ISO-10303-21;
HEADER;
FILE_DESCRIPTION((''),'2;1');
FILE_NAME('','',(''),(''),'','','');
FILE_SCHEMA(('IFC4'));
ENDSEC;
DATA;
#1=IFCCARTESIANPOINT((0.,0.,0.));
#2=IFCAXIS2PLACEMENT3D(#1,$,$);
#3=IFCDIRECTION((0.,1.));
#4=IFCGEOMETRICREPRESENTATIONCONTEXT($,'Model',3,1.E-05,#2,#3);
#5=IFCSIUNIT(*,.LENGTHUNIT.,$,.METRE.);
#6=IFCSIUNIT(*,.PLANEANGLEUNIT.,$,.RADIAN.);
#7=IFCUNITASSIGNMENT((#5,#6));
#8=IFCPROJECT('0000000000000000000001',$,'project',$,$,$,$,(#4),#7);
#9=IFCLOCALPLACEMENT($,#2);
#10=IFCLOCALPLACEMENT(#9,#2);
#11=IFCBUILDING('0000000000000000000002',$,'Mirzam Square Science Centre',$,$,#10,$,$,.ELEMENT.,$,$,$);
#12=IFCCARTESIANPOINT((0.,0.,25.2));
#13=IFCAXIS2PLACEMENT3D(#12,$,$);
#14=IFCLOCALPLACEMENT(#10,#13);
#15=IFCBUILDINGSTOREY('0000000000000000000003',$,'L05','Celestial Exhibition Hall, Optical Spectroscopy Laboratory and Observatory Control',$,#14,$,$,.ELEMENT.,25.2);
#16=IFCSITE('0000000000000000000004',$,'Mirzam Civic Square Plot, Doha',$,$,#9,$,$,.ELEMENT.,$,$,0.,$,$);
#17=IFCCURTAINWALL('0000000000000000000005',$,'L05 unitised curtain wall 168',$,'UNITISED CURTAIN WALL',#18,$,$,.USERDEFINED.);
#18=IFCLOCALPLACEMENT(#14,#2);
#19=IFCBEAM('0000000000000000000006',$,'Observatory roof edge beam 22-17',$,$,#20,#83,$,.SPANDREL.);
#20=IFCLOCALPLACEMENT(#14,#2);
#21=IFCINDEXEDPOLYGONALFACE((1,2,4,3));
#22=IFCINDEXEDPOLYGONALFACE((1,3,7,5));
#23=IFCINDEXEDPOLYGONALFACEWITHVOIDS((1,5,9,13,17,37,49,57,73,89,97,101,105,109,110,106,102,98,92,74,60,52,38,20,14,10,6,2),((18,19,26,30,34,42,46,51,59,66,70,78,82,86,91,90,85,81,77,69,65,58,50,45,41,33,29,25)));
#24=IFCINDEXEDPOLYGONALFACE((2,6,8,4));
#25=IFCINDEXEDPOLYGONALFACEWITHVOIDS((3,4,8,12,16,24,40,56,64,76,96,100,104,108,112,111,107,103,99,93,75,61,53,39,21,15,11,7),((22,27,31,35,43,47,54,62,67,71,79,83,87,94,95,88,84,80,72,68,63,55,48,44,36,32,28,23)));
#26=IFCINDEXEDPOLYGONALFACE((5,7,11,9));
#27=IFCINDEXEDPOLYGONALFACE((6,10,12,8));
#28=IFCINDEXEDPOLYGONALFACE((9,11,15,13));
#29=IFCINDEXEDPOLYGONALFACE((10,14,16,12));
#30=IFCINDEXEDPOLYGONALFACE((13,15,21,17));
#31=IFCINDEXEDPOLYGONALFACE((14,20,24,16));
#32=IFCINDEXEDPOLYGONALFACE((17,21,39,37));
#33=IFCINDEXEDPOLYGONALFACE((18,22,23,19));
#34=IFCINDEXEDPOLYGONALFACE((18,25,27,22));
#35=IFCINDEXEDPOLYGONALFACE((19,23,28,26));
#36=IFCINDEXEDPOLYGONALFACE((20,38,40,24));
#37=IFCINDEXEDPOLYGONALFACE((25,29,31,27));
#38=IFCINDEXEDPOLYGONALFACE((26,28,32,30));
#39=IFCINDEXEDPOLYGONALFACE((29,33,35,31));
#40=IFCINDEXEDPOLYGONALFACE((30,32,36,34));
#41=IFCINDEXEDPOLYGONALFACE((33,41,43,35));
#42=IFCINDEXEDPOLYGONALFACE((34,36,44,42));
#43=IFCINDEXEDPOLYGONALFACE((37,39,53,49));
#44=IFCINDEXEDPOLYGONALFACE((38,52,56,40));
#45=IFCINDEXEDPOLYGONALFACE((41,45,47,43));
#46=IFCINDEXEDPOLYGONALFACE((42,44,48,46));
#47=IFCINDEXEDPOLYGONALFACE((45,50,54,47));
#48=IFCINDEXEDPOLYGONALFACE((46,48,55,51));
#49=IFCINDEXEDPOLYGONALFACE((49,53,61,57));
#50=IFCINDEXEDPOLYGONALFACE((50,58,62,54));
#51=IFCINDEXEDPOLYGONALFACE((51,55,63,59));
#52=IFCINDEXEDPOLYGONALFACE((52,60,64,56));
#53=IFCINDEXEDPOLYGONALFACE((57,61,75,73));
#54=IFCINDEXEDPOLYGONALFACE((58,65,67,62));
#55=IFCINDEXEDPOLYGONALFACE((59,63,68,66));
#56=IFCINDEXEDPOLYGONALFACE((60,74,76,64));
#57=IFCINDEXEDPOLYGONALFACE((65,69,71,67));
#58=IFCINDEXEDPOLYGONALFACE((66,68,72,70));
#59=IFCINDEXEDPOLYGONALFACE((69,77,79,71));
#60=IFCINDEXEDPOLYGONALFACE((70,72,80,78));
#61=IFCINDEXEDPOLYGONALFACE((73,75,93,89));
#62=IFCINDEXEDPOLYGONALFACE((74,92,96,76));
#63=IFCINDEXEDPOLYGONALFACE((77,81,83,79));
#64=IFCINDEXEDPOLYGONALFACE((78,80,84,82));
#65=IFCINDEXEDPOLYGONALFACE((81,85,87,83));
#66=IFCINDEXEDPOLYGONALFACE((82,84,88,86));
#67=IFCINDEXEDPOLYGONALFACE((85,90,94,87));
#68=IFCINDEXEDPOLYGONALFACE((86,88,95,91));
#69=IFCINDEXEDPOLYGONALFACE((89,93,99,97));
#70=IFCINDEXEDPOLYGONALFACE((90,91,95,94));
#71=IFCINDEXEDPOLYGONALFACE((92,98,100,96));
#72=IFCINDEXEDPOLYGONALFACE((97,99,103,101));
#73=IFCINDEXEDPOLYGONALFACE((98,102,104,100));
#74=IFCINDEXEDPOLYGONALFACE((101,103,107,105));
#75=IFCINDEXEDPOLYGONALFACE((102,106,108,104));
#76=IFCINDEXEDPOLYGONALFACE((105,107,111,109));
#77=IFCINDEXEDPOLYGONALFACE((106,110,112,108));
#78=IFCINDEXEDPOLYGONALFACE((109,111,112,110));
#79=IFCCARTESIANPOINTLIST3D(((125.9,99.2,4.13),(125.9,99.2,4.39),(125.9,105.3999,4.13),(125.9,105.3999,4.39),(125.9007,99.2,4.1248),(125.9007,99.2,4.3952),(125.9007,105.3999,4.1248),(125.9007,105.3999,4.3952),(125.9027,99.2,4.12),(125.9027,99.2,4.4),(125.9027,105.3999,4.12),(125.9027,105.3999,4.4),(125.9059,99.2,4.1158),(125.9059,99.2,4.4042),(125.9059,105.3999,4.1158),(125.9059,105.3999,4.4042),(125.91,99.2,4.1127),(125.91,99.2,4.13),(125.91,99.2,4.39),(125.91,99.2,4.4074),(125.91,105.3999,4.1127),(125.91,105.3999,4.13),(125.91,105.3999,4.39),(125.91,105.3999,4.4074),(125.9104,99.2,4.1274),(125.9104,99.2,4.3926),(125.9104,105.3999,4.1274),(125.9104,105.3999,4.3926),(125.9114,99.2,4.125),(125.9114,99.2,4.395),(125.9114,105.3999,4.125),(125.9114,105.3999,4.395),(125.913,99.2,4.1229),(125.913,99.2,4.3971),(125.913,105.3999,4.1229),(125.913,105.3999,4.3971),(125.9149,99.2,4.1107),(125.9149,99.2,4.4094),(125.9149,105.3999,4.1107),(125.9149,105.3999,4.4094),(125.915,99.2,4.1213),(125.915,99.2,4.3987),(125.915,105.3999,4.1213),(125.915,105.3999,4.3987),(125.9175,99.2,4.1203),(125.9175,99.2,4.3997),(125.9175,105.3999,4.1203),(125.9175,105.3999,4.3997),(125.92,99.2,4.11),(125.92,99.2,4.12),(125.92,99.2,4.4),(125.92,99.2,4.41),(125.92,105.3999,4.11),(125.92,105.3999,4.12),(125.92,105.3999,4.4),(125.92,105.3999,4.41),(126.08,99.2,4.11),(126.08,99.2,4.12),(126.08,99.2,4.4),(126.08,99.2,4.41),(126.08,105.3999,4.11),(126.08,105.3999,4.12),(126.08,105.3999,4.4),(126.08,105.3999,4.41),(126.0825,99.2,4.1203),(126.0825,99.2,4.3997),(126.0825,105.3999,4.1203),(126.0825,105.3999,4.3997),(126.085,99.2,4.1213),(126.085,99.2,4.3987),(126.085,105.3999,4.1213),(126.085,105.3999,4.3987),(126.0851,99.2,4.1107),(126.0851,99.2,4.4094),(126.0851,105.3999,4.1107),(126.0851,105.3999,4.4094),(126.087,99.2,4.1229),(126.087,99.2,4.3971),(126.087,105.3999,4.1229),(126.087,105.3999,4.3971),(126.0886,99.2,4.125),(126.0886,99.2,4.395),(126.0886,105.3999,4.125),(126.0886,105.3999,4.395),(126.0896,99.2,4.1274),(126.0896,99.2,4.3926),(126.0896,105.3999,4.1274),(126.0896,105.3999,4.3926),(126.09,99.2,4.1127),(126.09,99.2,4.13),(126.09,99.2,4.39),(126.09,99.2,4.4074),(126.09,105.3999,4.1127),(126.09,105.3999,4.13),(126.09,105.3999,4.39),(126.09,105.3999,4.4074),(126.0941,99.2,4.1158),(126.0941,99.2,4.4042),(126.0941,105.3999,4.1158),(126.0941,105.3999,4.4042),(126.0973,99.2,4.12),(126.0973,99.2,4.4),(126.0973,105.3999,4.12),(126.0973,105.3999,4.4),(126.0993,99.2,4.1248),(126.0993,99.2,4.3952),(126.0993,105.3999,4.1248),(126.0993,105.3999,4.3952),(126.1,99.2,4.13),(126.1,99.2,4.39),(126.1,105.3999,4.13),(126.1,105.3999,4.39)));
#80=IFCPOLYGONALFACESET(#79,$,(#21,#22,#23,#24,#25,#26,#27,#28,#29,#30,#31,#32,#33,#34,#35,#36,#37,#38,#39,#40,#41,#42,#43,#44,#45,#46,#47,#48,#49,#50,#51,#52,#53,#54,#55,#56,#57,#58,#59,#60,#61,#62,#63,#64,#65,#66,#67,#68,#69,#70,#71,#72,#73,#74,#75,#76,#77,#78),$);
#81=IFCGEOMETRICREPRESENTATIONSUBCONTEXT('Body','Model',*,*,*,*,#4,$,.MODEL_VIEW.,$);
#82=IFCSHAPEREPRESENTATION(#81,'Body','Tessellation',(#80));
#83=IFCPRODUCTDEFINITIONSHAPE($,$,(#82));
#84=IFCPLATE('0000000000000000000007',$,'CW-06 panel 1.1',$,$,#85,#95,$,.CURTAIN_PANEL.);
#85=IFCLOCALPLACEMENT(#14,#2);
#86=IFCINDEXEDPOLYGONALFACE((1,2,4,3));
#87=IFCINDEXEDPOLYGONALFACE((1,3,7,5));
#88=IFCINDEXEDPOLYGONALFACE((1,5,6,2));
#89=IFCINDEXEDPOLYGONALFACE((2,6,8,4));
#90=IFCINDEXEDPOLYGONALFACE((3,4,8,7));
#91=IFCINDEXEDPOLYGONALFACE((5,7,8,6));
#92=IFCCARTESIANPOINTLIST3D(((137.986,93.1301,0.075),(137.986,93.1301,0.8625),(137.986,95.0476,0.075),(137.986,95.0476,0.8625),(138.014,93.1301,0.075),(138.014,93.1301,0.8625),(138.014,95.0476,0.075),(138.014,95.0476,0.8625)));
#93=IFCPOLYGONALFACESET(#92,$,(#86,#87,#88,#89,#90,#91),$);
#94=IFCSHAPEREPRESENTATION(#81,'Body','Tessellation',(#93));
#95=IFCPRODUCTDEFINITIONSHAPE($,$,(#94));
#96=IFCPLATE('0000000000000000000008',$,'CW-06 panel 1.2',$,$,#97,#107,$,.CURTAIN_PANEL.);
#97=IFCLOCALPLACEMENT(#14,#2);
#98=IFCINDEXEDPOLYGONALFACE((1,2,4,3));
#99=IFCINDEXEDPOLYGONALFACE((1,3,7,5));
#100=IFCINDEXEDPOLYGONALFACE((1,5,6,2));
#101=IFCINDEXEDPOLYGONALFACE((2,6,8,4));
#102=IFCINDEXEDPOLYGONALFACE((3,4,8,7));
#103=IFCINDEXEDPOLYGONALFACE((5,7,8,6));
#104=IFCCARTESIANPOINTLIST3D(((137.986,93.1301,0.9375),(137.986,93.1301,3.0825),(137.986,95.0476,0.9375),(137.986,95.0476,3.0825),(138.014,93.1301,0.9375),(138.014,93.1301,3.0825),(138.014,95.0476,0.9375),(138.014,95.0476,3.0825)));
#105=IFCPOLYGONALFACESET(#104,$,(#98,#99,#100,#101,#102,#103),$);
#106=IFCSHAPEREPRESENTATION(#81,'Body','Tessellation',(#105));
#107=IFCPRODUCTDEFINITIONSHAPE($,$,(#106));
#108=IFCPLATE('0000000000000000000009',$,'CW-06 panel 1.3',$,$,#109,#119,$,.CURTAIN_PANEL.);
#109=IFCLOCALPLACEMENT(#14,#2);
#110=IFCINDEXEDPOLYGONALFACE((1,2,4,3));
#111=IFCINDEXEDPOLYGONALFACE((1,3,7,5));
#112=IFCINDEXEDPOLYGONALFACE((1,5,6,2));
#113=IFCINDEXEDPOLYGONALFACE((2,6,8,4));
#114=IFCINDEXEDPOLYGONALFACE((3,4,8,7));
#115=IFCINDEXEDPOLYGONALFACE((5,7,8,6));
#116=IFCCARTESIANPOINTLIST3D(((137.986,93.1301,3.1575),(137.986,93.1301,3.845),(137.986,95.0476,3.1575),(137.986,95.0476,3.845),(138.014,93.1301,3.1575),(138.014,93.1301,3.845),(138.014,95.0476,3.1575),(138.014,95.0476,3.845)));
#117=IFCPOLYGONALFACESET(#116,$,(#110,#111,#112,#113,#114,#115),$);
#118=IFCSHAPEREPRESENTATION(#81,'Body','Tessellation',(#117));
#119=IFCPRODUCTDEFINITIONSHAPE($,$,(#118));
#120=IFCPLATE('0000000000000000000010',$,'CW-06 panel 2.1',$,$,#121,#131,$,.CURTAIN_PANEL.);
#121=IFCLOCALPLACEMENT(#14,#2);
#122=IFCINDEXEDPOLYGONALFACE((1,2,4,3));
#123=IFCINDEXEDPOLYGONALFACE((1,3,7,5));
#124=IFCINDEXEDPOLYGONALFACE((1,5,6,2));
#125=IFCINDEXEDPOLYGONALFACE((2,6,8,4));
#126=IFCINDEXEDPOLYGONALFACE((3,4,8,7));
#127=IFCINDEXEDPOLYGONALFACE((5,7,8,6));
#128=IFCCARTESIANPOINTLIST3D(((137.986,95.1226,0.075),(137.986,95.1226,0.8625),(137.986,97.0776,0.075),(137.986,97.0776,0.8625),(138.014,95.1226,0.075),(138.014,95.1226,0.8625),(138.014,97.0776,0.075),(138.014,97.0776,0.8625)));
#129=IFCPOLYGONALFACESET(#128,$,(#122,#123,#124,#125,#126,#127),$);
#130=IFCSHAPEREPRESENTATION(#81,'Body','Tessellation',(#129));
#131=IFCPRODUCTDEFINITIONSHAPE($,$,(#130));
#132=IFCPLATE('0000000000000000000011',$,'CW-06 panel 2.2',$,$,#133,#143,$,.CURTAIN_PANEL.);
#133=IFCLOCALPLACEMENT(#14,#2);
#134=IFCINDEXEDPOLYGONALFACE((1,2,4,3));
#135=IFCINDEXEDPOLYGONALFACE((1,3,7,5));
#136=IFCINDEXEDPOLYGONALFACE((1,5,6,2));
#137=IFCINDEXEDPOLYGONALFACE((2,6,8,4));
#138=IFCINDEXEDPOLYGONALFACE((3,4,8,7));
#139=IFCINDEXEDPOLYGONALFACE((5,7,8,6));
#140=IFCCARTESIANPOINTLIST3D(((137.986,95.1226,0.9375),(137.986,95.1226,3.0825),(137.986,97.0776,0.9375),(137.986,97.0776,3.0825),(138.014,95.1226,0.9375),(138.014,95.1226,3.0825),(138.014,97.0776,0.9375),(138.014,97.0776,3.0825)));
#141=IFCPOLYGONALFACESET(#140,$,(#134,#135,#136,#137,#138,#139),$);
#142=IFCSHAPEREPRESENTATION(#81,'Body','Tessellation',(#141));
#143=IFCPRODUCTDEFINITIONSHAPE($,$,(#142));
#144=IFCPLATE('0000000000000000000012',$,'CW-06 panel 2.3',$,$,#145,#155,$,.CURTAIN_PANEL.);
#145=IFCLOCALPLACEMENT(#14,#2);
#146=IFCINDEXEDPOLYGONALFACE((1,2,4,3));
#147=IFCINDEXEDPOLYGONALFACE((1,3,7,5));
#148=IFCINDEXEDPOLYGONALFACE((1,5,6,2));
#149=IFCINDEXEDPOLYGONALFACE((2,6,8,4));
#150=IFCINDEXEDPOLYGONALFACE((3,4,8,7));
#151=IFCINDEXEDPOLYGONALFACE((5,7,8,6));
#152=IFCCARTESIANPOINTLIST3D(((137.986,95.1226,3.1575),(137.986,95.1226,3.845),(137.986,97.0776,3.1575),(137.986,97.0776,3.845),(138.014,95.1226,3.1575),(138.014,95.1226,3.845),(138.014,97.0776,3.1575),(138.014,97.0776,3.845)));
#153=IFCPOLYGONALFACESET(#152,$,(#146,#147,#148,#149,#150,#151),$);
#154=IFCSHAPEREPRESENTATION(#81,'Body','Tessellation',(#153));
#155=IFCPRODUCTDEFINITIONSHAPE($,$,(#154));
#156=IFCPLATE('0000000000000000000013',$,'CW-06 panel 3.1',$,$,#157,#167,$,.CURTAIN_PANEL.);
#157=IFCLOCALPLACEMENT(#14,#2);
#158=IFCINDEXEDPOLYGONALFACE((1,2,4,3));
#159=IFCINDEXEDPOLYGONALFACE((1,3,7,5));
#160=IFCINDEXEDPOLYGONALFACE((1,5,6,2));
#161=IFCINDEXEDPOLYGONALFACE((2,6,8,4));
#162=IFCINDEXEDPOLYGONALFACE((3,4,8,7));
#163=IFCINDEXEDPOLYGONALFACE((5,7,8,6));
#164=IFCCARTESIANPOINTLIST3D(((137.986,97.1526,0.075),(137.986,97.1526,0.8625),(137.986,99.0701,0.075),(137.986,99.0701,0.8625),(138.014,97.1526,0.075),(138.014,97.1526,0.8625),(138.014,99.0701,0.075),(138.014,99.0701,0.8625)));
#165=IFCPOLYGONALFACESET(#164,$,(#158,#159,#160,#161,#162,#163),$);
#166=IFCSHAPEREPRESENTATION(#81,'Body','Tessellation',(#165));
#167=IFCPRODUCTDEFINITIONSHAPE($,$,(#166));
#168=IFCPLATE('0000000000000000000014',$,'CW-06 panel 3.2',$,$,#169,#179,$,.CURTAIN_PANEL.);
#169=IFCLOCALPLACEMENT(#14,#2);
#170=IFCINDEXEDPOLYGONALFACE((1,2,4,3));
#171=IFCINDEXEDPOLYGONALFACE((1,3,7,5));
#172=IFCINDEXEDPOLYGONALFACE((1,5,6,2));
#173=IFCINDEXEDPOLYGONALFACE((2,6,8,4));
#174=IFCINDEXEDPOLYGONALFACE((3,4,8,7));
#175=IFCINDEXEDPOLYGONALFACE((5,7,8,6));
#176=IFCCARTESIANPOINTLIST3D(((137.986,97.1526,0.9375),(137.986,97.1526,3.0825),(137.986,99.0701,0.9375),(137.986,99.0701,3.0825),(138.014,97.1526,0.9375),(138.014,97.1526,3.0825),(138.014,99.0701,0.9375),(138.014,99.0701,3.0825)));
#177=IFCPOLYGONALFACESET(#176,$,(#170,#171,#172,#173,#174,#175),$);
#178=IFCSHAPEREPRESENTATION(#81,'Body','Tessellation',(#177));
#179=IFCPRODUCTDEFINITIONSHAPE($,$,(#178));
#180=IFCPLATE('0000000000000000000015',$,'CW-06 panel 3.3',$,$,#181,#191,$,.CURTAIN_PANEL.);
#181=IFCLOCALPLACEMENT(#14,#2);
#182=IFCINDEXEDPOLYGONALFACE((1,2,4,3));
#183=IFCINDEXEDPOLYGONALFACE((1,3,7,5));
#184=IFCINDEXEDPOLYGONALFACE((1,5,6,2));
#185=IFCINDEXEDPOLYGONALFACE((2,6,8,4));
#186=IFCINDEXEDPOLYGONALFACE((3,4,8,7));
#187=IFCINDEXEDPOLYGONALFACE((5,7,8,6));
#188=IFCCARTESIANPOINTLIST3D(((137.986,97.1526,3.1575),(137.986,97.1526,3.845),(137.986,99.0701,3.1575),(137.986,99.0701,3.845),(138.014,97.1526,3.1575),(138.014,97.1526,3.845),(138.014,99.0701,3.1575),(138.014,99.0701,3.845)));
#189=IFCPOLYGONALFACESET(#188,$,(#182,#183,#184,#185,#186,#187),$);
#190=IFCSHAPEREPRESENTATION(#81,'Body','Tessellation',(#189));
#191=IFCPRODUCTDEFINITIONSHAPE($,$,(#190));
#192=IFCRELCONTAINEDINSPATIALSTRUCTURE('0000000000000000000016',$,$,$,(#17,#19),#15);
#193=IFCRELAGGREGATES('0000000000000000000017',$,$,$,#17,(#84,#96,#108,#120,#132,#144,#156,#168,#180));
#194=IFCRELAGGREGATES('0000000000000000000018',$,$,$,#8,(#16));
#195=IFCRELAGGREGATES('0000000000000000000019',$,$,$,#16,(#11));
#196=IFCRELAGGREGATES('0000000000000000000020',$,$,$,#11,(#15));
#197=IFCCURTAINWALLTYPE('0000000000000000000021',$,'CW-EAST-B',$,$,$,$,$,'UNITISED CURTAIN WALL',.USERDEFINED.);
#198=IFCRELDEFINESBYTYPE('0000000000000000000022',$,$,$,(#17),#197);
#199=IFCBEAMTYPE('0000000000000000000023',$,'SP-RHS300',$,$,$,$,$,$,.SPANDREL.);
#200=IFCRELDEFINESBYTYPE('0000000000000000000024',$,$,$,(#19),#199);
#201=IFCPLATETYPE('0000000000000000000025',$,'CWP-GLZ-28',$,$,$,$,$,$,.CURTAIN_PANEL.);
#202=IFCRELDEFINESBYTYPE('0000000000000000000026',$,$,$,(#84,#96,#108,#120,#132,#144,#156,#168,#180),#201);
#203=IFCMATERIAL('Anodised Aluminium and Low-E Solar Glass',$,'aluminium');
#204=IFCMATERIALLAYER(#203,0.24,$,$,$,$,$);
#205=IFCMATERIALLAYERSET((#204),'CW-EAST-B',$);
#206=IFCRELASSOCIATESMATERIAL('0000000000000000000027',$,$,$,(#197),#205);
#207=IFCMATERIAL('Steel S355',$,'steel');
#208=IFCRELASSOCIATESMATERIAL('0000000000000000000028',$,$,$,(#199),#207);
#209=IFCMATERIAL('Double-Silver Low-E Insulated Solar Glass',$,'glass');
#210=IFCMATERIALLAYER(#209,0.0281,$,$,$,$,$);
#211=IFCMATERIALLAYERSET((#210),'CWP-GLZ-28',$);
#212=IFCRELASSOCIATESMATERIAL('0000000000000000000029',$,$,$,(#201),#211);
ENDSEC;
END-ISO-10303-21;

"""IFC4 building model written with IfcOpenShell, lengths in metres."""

from ifc_helpers import new_model, si_unit, direction, frame, origin, origin_2d, place, context, subcontext, project, spatial, rectangle, hollow_rectangle, extrude, material, layer, layer_set, material_profile, profile_set, type_object, element, aggregate, save


model = new_model("IFC4")

# Units and contexts
model_context = context("Model", 3, precision=1e-05, world=origin(), true_north=direction((0.0, 1.0)))
body_context = subcontext(model_context, "Body", "Model", "MODEL_VIEW")
ifc_project = project(units=[si_unit("LENGTHUNIT", "METRE"), si_unit("PLANEANGLEUNIT", "RADIAN")], contexts=[model_context])

# Site, building, storey
site_placement = place(None, origin())
site = spatial("IfcSite", under=ifc_project, at=site_placement, Name="Mirzam Civic Square Plot, Doha", CompositionType="ELEMENT", RefElevation=0.0)
building_placement = place(site_placement, origin())
building = spatial("IfcBuilding", under=site, at=building_placement, Name="Mirzam Square Science Centre", CompositionType="ELEMENT")
storey_placement = place(building_placement, frame((0.0, 0.0, 25.2)))
storey = spatial("IfcBuildingStorey", under=building, at=storey_placement, Name="L05", Description="Celestial Exhibition Hall, Optical Spectroscopy Laboratory and Observatory Control", CompositionType="ELEMENT", Elevation=25.2)

# Shared definitions
ifc_material_1 = material(Name="Steel S355", Category="steel")

# Curtain wall
ifc_material_2 = material(Name="Anodised Aluminium and Low-E Solar Glass", Category="aluminium")
ifc_layer_1 = layer(ifc_material_2, 0.24)
ifc_layer_set_1 = layer_set([ifc_layer_1], Name="CW-EAST-B")
curtain_wall_type = type_object("IfcCurtainWallType", Name="CW-EAST-B", ElementType="UNITISED CURTAIN WALL", PredefinedType="USERDEFINED", material=ifc_layer_set_1)
curtain_wall_placement = place(storey_placement, origin())
curtain_wall = element("IfcCurtainWall", 1, at=curtain_wall_placement, inside=storey, type_object=curtain_wall_type, Name="L05 unitised curtain wall 168", ObjectType="UNITISED CURTAIN WALL", PredefinedType="USERDEFINED")

# Beam
ifc_material_profile_1 = material_profile(ifc_material_1, hollow_rectangle(XDim=0.2, YDim=0.3, WallThickness=0.01, InnerFilletRadius=0.01, OuterFilletRadius=0.02, at=origin_2d()), Name="300x200x10.0RHS")
ifc_profile_set_1 = profile_set([ifc_material_profile_1], Name="Steel S355")
beam_type_1 = type_object("IfcBeamType", Name="SP-RHS300", PredefinedType="SPANDREL", material=ifc_profile_set_1)
beam_1_placement = place(storey_placement, frame((126.0, 99.2, 4.26), z_axis=(0.0, 1.0, 0.0), x_axis=(-1.0, 0.0, 0.0)))
element("IfcBeam", 2, at=beam_1_placement, inside=storey, type_object=beam_type_1, Name="Observatory roof edge beam 22-17", PredefinedType="SPANDREL", context=body_context, shape_type="SweptSolid", body=[
    extrude(hollow_rectangle(XDim=0.2, YDim=0.3, WallThickness=0.01, InnerFilletRadius=0.01, OuterFilletRadius=0.02, at=origin_2d()), origin(), (0.0, 0.0, 1.0), 6.2),
])

# Plates
ifc_material_3 = material(Name="Double-Silver Low-E Insulated Solar Glass", Category="glass")
ifc_layer_2 = layer(ifc_material_3, 0.0281)
ifc_layer_set_2 = layer_set([ifc_layer_2], Name="CWP-GLZ-28")
plate_type = type_object("IfcPlateType", Name="CWP-GLZ-28", PredefinedType="CURTAIN_PANEL", material=ifc_layer_set_2)
plate_1_placement = place(storey_placement, frame((138.0, 94.0889, 0.075), z_axis=(0.0, 0.0, 1.0), x_axis=(0.0, 1.0, 0.0)))
plate_1 = element("IfcPlate", 3, at=plate_1_placement, type_object=plate_type, Name="CW-06 panel 1.1", PredefinedType="CURTAIN_PANEL", context=body_context, shape_type="SweptSolid", body=[
    extrude(rectangle(XDim=1.9175, YDim=0.0281, at=origin_2d()), origin(), (0.0, 0.0, 1.0), 0.7876),
])
plate_2_placement = place(storey_placement, frame((138.0, 94.0889, 0.9375), z_axis=(0.0, 0.0, 1.0), x_axis=(0.0, 1.0, 0.0)))
plate_2 = element("IfcPlate", 4, at=plate_2_placement, type_object=plate_type, Name="CW-06 panel 1.2", PredefinedType="CURTAIN_PANEL", context=body_context, shape_type="SweptSolid", body=[
    extrude(rectangle(XDim=1.9175, YDim=0.0281, at=origin_2d()), origin(), (0.0, 0.0, 1.0), 2.145),
])
plate_3_placement = place(storey_placement, frame((138.0, 94.0889, 3.1575), z_axis=(0.0, 0.0, 1.0), x_axis=(0.0, 1.0, 0.0)))
plate_3 = element("IfcPlate", 5, at=plate_3_placement, type_object=plate_type, Name="CW-06 panel 1.3", PredefinedType="CURTAIN_PANEL", context=body_context, shape_type="SweptSolid", body=[
    extrude(rectangle(XDim=1.9175, YDim=0.0281, at=origin_2d()), origin(), (0.0, 0.0, 1.0), 0.6875),
])
plate_4_placement = place(storey_placement, frame((138.0, 96.1001, 0.075), z_axis=(0.0, 0.0, 1.0), x_axis=(0.0, 1.0, 0.0)))
plate_4 = element("IfcPlate", 6, at=plate_4_placement, type_object=plate_type, Name="CW-06 panel 2.1", PredefinedType="CURTAIN_PANEL", context=body_context, shape_type="SweptSolid", body=[
    extrude(rectangle(XDim=1.9551, YDim=0.0281, at=origin_2d()), origin(), (0.0, 0.0, 1.0), 0.7876),
])
plate_5_placement = place(storey_placement, frame((138.0, 96.1001, 0.9375), z_axis=(0.0, 0.0, 1.0), x_axis=(0.0, 1.0, 0.0)))
plate_5 = element("IfcPlate", 7, at=plate_5_placement, type_object=plate_type, Name="CW-06 panel 2.2", PredefinedType="CURTAIN_PANEL", context=body_context, shape_type="SweptSolid", body=[
    extrude(rectangle(XDim=1.9551, YDim=0.0281, at=origin_2d()), origin(), (0.0, 0.0, 1.0), 2.145),
])
plate_6_placement = place(storey_placement, frame((138.0, 96.1001, 3.1575), z_axis=(0.0, 0.0, 1.0), x_axis=(0.0, 1.0, 0.0)))
plate_6 = element("IfcPlate", 8, at=plate_6_placement, type_object=plate_type, Name="CW-06 panel 2.3", PredefinedType="CURTAIN_PANEL", context=body_context, shape_type="SweptSolid", body=[
    extrude(rectangle(XDim=1.9551, YDim=0.0281, at=origin_2d()), origin(), (0.0, 0.0, 1.0), 0.6875),
])
plate_7_placement = place(storey_placement, frame((138.0, 98.1113, 0.075), z_axis=(0.0, 0.0, 1.0), x_axis=(0.0, 1.0, 0.0)))
plate_7 = element("IfcPlate", 9, at=plate_7_placement, type_object=plate_type, Name="CW-06 panel 3.1", PredefinedType="CURTAIN_PANEL", context=body_context, shape_type="SweptSolid", body=[
    extrude(rectangle(XDim=1.9175, YDim=0.0281, at=origin_2d()), origin(), (0.0, 0.0, 1.0), 0.7876),
])
plate_8_placement = place(storey_placement, frame((138.0, 98.1113, 0.9375), z_axis=(0.0, 0.0, 1.0), x_axis=(0.0, 1.0, 0.0)))
plate_8 = element("IfcPlate", 10, at=plate_8_placement, type_object=plate_type, Name="CW-06 panel 3.2", PredefinedType="CURTAIN_PANEL", context=body_context, shape_type="SweptSolid", body=[
    extrude(rectangle(XDim=1.9175, YDim=0.0281, at=origin_2d()), origin(), (0.0, 0.0, 1.0), 2.145),
])
plate_9_placement = place(storey_placement, frame((138.0, 98.1113, 3.1575), z_axis=(0.0, 0.0, 1.0), x_axis=(0.0, 1.0, 0.0)))
plate_9 = element("IfcPlate", 11, at=plate_9_placement, type_object=plate_type, Name="CW-06 panel 3.3", PredefinedType="CURTAIN_PANEL", context=body_context, shape_type="SweptSolid", body=[
    extrude(rectangle(XDim=1.9175, YDim=0.0281, at=origin_2d()), origin(), (0.0, 0.0, 1.0), 0.6875),
])
aggregate(curtain_wall, [plate_1, plate_2, plate_3, plate_4, plate_5, plate_6, plate_7, plate_8, plate_9])

save(model, "model.ifc")
